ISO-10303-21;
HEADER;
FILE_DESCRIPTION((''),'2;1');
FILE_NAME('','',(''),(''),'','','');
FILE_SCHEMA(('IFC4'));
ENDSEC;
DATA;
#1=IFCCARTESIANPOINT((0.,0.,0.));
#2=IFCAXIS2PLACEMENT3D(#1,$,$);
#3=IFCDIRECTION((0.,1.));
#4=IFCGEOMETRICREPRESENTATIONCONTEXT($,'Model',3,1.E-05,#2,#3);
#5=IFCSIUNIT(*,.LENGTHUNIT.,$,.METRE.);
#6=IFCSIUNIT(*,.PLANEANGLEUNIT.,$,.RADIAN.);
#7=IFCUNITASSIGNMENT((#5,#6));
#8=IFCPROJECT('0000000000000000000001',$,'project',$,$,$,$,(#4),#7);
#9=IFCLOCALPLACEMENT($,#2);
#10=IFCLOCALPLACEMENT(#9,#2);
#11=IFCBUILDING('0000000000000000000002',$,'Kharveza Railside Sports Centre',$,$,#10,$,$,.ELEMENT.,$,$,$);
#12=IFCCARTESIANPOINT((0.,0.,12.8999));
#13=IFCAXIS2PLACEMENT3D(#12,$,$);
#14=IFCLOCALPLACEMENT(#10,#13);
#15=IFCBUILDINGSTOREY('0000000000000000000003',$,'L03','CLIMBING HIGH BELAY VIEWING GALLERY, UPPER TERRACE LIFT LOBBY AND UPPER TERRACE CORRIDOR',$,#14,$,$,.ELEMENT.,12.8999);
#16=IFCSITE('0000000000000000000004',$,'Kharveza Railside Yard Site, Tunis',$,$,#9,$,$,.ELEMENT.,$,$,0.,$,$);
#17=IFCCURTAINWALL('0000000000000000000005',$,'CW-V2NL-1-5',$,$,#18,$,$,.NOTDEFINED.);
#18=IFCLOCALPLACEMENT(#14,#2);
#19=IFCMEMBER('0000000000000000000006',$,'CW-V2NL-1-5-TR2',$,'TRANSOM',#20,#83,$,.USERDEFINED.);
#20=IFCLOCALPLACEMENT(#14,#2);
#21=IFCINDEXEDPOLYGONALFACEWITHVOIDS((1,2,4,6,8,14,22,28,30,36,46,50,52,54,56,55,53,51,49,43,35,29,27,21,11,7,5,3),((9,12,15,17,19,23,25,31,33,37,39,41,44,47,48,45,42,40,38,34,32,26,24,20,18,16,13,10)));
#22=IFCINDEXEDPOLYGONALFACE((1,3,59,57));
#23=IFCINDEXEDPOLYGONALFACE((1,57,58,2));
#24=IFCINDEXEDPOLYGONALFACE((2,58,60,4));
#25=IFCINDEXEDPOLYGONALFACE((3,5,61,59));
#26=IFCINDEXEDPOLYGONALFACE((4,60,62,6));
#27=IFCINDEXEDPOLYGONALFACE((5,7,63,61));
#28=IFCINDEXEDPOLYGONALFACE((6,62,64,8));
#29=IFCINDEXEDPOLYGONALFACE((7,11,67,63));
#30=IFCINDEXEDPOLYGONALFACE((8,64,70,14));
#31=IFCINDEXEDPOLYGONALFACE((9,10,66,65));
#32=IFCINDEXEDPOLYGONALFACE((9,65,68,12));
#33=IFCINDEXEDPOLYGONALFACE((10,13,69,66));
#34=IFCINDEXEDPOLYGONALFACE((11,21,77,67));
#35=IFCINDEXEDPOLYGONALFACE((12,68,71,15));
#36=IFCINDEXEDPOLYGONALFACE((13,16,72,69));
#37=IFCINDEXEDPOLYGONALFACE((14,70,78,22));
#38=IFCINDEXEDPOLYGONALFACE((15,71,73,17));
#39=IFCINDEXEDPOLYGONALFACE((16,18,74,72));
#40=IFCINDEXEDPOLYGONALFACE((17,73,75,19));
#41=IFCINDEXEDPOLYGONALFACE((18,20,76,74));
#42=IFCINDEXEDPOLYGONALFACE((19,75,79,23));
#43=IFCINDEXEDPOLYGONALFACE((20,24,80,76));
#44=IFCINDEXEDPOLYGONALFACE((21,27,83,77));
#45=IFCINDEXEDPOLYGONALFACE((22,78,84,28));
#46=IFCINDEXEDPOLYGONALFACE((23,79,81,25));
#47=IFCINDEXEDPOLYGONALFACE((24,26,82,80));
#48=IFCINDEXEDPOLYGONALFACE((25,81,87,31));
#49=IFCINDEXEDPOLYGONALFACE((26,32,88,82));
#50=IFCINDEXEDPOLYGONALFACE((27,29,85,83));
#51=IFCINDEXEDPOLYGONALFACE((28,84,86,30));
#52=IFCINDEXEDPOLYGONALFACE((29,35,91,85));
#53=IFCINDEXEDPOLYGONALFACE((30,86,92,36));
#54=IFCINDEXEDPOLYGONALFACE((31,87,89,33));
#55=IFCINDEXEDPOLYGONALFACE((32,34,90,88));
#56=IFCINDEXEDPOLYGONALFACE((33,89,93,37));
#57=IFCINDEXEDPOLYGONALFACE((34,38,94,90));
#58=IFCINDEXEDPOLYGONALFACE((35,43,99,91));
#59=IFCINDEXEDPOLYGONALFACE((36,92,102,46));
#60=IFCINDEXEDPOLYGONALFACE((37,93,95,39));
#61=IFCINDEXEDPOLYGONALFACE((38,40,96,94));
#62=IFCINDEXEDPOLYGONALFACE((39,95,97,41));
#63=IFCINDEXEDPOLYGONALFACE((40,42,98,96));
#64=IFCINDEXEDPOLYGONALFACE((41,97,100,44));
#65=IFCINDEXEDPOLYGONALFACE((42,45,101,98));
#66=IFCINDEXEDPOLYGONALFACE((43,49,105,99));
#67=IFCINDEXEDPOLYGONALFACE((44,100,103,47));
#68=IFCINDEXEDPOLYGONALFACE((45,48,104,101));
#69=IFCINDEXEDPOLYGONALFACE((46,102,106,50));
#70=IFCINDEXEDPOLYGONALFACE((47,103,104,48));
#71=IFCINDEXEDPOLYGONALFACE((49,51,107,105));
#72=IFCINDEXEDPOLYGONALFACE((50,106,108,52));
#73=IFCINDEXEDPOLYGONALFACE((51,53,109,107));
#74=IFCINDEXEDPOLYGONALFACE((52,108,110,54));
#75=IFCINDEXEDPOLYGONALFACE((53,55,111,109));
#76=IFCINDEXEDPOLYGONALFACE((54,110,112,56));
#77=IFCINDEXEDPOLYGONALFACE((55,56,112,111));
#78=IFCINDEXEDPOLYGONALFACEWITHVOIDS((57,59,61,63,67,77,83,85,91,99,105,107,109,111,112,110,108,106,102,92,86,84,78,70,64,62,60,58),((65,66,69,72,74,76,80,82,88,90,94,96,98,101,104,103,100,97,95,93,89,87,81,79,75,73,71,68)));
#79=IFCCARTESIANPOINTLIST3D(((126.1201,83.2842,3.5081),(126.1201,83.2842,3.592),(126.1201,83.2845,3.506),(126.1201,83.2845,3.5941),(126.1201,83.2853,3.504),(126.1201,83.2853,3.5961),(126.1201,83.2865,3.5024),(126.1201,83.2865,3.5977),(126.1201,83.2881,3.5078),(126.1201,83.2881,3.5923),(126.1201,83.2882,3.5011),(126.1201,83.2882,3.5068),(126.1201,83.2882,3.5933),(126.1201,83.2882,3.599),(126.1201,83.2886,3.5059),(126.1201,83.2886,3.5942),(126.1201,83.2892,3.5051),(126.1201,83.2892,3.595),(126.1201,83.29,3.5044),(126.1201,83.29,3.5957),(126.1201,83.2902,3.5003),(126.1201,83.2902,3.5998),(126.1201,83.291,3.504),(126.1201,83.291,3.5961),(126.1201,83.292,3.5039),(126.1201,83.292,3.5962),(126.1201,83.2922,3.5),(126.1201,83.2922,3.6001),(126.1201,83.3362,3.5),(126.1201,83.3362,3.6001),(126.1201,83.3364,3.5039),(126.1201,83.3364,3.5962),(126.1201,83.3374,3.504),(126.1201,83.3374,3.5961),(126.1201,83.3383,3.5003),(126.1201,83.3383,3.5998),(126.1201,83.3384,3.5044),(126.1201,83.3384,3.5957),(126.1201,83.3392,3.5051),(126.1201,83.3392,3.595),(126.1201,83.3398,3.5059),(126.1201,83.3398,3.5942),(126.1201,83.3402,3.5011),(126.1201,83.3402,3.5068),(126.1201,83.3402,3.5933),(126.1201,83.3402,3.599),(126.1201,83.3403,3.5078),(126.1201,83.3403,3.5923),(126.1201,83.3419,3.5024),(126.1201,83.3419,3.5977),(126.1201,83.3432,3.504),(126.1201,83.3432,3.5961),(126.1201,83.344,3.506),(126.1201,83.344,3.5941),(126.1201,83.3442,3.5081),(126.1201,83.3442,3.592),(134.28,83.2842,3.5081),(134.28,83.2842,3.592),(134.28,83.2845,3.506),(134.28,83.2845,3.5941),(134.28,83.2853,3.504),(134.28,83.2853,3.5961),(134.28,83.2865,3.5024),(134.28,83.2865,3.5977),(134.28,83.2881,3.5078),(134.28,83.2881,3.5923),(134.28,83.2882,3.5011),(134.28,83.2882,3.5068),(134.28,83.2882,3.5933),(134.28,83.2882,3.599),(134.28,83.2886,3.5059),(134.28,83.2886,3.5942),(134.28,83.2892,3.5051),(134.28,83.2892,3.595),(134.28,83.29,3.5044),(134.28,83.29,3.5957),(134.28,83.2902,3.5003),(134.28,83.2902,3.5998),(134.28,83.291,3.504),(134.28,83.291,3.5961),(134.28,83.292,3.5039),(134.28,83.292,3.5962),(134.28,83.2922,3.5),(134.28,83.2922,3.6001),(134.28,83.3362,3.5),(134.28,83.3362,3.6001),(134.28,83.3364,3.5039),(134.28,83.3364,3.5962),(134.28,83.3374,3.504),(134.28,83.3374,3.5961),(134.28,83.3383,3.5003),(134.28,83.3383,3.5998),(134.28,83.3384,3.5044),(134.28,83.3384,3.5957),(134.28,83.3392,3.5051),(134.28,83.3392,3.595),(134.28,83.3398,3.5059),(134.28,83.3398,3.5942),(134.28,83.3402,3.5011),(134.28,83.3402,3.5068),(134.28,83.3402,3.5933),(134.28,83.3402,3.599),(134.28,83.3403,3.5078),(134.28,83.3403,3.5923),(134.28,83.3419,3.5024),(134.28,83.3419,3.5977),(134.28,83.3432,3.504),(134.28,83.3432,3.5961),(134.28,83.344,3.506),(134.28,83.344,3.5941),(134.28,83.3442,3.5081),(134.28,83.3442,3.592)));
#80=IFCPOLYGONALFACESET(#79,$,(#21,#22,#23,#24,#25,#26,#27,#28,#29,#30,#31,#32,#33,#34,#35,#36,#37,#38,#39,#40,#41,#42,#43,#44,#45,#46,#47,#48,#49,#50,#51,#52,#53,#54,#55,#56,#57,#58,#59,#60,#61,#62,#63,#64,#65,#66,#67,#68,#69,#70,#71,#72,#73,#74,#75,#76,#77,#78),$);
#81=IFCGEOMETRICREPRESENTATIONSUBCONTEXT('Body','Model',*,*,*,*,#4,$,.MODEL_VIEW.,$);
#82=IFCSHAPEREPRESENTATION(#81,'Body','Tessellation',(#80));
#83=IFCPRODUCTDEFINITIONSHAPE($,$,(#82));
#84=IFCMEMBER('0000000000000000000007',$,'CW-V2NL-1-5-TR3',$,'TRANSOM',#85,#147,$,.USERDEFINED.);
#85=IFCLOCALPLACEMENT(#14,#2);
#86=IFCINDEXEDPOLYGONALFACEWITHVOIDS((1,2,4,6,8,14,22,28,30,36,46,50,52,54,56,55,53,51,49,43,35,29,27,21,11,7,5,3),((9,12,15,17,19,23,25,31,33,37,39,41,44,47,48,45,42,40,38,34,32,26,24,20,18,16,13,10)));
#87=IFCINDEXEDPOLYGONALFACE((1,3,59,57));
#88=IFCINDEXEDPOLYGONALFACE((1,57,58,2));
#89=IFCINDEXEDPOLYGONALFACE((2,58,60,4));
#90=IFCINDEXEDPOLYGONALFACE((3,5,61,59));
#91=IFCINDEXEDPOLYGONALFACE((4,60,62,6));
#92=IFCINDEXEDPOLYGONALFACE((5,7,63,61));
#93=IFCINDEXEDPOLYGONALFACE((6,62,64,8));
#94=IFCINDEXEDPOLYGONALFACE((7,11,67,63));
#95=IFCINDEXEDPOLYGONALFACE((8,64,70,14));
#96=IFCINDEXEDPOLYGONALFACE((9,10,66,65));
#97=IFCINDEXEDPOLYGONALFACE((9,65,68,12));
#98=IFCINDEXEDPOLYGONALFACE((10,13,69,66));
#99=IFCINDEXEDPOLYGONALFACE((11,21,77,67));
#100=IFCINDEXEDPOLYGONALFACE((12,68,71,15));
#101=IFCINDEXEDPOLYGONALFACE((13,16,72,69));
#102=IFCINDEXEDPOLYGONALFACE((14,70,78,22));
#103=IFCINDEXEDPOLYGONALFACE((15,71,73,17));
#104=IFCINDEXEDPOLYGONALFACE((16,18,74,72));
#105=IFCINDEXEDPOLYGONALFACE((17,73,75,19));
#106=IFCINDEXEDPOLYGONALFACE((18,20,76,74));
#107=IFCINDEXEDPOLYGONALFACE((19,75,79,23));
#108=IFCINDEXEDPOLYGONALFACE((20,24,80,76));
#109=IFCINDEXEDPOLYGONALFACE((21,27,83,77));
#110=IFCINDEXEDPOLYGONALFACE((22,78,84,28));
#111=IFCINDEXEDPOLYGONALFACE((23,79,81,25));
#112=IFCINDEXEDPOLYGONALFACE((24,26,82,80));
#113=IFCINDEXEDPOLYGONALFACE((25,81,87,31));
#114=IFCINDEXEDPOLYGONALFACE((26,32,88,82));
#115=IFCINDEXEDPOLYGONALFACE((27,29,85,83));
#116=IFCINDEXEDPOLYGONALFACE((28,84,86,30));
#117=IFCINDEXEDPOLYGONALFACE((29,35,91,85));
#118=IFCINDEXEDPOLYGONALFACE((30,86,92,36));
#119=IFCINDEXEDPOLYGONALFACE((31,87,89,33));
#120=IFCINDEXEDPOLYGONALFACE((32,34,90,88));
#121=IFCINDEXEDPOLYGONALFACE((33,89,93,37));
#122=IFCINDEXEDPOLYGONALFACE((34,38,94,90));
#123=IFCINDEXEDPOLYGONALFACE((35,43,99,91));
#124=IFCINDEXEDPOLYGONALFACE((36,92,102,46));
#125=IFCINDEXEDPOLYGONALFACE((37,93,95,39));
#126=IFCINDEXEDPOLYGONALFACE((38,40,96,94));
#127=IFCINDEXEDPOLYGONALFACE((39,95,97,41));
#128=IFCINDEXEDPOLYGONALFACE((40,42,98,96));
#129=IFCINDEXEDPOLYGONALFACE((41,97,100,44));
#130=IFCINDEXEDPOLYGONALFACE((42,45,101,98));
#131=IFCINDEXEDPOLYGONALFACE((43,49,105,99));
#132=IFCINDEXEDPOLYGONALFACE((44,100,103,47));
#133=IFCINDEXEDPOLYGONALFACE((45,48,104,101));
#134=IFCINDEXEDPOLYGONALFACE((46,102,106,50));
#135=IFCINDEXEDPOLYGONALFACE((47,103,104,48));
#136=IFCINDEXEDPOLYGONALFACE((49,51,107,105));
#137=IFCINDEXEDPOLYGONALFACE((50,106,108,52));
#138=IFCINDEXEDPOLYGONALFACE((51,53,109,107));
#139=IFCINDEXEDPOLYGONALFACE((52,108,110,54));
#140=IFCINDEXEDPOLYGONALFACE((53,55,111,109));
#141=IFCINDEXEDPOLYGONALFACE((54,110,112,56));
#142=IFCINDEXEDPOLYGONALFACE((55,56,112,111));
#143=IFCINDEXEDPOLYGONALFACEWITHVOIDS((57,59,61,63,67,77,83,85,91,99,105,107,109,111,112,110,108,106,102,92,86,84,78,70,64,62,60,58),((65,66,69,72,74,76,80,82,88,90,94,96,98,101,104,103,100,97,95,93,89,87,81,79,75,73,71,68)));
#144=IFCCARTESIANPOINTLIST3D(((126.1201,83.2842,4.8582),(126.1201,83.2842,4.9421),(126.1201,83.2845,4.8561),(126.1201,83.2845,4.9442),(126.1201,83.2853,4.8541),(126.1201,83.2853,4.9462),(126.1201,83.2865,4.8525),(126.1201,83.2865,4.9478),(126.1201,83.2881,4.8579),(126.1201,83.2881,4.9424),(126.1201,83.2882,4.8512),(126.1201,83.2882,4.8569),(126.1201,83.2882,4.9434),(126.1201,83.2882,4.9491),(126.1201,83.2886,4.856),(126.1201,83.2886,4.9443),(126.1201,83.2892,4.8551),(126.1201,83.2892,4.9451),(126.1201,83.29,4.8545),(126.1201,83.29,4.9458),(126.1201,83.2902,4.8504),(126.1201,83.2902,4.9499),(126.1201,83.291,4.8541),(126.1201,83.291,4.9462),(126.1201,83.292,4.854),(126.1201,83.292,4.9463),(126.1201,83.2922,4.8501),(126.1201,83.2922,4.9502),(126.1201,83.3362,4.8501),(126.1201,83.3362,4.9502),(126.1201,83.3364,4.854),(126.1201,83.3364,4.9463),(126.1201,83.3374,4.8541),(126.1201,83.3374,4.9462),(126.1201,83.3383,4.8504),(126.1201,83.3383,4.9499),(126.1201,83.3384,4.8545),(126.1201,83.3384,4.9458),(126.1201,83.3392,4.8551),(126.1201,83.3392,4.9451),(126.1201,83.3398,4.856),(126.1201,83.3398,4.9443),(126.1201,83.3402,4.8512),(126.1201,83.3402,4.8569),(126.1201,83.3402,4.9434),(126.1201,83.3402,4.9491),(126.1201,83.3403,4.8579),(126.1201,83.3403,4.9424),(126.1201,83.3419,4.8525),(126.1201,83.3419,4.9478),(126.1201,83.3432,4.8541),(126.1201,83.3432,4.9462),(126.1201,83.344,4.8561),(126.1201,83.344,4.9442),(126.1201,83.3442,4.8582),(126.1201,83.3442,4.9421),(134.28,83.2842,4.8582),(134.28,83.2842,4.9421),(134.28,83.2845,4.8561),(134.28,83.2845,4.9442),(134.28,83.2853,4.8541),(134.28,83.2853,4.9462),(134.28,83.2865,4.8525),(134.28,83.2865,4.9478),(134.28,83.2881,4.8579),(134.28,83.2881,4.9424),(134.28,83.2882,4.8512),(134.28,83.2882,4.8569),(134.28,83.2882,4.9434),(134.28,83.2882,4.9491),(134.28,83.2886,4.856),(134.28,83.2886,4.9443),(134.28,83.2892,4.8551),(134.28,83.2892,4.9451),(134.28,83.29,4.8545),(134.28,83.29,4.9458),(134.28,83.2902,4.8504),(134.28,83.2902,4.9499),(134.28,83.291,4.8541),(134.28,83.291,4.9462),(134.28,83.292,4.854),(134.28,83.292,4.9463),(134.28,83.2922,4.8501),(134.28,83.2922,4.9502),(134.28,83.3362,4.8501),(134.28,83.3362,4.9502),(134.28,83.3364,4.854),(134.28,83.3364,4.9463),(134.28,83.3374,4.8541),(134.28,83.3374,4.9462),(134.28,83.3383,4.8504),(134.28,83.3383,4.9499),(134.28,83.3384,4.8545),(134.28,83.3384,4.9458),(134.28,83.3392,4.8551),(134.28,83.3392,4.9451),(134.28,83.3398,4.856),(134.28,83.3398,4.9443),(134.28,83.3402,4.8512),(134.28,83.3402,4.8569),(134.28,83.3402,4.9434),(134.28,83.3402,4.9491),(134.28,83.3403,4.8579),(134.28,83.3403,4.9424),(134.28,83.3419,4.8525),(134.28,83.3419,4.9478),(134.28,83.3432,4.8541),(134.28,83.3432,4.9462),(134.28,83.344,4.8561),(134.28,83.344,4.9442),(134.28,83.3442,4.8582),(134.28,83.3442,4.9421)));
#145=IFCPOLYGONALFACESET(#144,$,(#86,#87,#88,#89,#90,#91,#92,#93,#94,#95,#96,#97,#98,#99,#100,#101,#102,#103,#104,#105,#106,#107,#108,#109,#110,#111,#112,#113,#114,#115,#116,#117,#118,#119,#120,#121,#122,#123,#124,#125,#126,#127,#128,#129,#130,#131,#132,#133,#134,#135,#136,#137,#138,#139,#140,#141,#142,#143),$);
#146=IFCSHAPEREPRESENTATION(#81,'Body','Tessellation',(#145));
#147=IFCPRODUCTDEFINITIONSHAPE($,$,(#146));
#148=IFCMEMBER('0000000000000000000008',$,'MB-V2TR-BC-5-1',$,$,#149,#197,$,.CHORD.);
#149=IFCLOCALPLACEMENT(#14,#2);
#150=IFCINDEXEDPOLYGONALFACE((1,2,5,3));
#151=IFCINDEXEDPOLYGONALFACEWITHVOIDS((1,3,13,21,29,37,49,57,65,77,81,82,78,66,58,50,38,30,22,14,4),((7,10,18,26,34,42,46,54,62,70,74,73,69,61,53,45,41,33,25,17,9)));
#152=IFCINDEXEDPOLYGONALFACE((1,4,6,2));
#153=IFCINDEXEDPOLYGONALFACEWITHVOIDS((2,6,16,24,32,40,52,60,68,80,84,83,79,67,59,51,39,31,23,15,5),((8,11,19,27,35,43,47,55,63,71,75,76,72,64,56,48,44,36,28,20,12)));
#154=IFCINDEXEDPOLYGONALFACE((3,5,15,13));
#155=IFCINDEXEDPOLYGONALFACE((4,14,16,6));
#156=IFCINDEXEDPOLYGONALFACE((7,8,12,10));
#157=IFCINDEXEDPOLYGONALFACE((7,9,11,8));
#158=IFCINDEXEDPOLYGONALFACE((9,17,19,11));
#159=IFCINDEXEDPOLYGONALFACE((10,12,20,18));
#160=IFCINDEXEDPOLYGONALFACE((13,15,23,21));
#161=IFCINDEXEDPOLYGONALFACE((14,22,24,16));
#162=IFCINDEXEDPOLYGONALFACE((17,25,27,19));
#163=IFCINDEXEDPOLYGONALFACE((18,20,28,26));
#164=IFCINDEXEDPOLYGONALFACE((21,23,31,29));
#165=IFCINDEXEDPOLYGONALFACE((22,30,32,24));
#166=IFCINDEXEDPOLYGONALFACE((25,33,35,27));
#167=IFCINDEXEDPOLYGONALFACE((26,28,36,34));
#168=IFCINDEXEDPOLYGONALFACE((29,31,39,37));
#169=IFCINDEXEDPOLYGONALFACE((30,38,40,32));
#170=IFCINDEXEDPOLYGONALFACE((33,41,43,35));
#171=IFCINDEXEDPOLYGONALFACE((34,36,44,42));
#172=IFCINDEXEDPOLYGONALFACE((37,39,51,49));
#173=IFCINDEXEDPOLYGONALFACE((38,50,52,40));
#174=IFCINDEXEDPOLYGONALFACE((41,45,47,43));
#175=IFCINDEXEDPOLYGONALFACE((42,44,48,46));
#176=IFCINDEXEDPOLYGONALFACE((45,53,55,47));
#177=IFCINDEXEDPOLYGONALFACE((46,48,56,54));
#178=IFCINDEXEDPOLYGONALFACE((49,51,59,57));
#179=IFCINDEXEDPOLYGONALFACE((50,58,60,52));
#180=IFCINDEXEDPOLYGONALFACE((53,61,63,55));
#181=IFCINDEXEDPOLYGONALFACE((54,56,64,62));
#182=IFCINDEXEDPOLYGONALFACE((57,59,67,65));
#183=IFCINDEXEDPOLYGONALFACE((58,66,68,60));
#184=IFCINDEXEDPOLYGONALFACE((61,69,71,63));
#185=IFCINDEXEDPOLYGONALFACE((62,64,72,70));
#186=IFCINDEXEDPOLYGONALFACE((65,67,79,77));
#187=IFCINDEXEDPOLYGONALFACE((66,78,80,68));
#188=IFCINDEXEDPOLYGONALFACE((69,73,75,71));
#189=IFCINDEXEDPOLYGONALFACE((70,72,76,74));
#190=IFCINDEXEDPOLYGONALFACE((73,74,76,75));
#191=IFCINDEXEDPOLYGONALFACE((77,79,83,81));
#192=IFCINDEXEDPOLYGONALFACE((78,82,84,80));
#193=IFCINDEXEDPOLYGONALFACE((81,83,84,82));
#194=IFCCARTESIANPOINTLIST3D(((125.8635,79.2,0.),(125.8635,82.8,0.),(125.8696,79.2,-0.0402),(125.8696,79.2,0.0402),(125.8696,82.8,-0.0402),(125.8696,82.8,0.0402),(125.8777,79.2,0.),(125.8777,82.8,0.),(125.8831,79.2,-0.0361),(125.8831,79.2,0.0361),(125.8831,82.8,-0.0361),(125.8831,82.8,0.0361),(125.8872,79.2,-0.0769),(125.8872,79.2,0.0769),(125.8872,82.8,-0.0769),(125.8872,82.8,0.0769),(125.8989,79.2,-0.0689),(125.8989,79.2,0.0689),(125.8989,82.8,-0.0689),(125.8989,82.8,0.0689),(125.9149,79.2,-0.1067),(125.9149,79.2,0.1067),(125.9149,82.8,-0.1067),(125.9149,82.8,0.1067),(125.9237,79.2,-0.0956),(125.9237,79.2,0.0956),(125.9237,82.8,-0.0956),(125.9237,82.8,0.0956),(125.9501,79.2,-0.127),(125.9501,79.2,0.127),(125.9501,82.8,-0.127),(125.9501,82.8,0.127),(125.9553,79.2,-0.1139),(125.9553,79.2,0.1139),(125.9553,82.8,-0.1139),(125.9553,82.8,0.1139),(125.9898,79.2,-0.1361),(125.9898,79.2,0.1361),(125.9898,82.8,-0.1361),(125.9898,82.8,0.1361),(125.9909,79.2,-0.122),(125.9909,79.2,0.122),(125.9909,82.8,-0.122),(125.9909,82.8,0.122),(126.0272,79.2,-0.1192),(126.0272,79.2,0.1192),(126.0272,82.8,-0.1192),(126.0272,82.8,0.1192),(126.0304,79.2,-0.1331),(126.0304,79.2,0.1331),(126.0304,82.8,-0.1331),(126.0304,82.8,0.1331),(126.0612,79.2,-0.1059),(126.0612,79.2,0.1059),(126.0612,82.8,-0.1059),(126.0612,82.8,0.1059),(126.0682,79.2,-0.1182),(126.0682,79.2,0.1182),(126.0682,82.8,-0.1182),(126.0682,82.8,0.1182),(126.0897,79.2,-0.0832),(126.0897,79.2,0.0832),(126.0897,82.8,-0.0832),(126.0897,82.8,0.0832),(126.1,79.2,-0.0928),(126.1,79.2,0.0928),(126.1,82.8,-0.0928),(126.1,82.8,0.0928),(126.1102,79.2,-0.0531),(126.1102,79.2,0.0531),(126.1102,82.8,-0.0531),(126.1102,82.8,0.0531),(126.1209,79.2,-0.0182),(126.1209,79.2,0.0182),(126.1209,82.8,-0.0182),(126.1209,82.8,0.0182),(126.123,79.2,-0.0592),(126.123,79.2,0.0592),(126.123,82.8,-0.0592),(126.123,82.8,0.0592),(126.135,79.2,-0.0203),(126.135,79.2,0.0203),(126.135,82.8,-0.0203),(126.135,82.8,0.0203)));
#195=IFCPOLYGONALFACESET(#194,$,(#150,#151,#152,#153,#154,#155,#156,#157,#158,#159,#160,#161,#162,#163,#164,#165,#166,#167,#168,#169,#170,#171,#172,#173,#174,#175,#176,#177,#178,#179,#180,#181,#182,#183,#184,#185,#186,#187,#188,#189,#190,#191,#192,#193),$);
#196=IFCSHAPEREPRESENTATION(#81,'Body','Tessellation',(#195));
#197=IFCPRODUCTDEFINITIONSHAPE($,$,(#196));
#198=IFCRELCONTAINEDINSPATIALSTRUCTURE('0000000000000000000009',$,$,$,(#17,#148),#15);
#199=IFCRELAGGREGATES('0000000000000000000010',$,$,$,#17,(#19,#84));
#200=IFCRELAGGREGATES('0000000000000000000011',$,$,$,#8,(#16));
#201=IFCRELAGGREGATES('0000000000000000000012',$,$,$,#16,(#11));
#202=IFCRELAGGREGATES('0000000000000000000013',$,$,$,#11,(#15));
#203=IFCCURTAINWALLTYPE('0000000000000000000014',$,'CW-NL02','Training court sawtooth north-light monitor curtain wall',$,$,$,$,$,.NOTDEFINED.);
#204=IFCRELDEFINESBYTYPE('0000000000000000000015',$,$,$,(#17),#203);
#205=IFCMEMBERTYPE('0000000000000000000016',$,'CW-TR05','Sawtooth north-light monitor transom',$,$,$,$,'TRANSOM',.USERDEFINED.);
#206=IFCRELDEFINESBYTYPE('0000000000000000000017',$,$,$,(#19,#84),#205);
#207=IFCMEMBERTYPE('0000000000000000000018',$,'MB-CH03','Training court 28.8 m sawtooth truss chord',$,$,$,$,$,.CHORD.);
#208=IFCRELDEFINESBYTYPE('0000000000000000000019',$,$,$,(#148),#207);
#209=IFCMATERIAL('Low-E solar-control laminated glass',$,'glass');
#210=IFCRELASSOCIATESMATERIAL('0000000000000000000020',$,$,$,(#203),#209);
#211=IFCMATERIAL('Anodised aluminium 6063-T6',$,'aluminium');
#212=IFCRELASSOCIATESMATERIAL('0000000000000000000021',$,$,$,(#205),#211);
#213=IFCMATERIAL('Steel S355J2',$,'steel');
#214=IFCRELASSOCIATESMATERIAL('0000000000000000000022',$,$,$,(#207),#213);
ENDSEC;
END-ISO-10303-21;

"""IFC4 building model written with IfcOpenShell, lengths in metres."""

from ifc_helpers import new_model, si_unit, direction, frame, origin, origin_2d, place, context, subcontext, project, spatial, hollow_rectangle, hollow_circle, extrude, material, material_profile, profile_set, type_object, element, aggregate, save


model = new_model("IFC4")

# Units and contexts
model_context = context("Model", 3, precision=1e-05, world=origin(), true_north=direction((0.0, 1.0)))
body_context = subcontext(model_context, "Body", "Model", "MODEL_VIEW")
ifc_project = project(units=[si_unit("LENGTHUNIT", "METRE"), si_unit("PLANEANGLEUNIT", "RADIAN")], contexts=[model_context])

# Site, building, storey
site_placement = place(None, origin())
site = spatial("IfcSite", under=ifc_project, at=site_placement, Name="Kharveza Railside Yard Site, Tunis", CompositionType="ELEMENT", RefElevation=0.0)
building_placement = place(site_placement, origin())
building = spatial("IfcBuilding", under=site, at=building_placement, Name="Kharveza Railside Sports Centre", CompositionType="ELEMENT")
storey_placement = place(building_placement, frame((0.0, 0.0, 12.8999)))
storey = spatial("IfcBuildingStorey", under=building, at=storey_placement, Name="L03", Description="CLIMBING HIGH BELAY VIEWING GALLERY, UPPER TERRACE LIFT LOBBY AND UPPER TERRACE CORRIDOR", CompositionType="ELEMENT", Elevation=12.8999)

# Shared definitions
ifc_material_1 = material(Name="Steel S355J2", Category="steel")

# Curtain wall
ifc_material_2 = material(Name="Low-E solar-control laminated glass", Category="glass")
curtain_wall_type = type_object("IfcCurtainWallType", Name="CW-NL02", Description="Training court sawtooth north-light monitor curtain wall", PredefinedType="NOTDEFINED", material=ifc_material_2)
ifc_material_3 = material(Name="Anodised aluminium 6063-T6", Category="aluminium")
curtain_wall_1_placement = place(storey_placement, origin())
curtain_wall_1 = element("IfcCurtainWall", 1, at=curtain_wall_1_placement, inside=storey, type_object=curtain_wall_type, Name="CW-V2NL-1-5", PredefinedType="NOTDEFINED")

# Members
ifc_material_profile_1 = material_profile(ifc_material_3, hollow_rectangle(XDim=0.0601, YDim=0.1001, WallThickness=0.0039, InnerFilletRadius=0.0039, OuterFilletRadius=0.0081, at=origin_2d()), Name="RHS 60x100x4.0")
ifc_profile_set_1 = profile_set([ifc_material_profile_1], Name="Anodised aluminium 6063-T6")
member_type_1 = type_object("IfcMemberType", Name="CW-TR05", Description="Sawtooth north-light monitor transom", ElementType="TRANSOM", PredefinedType="USERDEFINED", material=ifc_profile_set_1)
member_1_placement = place(storey_placement, frame((126.1201, 83.3142, 3.55), z_axis=(1.0, 0.0, 0.0), x_axis=(0.0, 1.0, 0.0)))
member_1 = element("IfcMember", 2, at=member_1_placement, type_object=member_type_1, Name="CW-V2NL-1-5-TR2", ObjectType="TRANSOM", PredefinedType="USERDEFINED", context=body_context, shape_type="SweptSolid", body=[
    extrude(hollow_rectangle(XDim=0.0601, YDim=0.1001, WallThickness=0.0039, InnerFilletRadius=0.0039, OuterFilletRadius=0.0081, at=origin_2d()), origin(), (0.0, 0.0, 1.0), 8.1599),
])
member_2_placement = place(storey_placement, frame((126.1201, 83.3142, 4.9001), z_axis=(1.0, 0.0, 0.0), x_axis=(0.0, 1.0, 0.0)))
member_2 = element("IfcMember", 3, at=member_2_placement, type_object=member_type_1, Name="CW-V2NL-1-5-TR3", ObjectType="TRANSOM", PredefinedType="USERDEFINED", context=body_context, shape_type="SweptSolid", body=[
    extrude(hollow_rectangle(XDim=0.0601, YDim=0.1001, WallThickness=0.0039, InnerFilletRadius=0.0039, OuterFilletRadius=0.0081, at=origin_2d()), origin(), (0.0, 0.0, 1.0), 8.1599),
])

# Member
ifc_material_profile_2 = material_profile(ifc_material_1, hollow_circle(Radius=0.1365, WallThickness=0.0142, at=origin_2d()), Name="CHS 273.0x14.2")
ifc_profile_set_2 = profile_set([ifc_material_profile_2], Name="Steel S355J2")
member_type_2 = type_object("IfcMemberType", Name="MB-CH03", Description="Training court 28.8 m sawtooth truss chord", PredefinedType="CHORD", material=ifc_profile_set_2)
for number, where, z_axis, x_axis, name in (
    (4, (126.0, 79.2, 0.0), (0.0, 1.0, 0.0), (-1.0, 0.0, 0.0), "MB-V2TR-BC-5-1"),
):
    element("IfcMember", number, at=place(storey_placement, frame(where, z_axis=z_axis, x_axis=x_axis)), inside=storey, type_object=member_type_2, Name=name, PredefinedType="CHORD", context=body_context, shape_type="SweptSolid", body=[
        extrude(hollow_circle(Radius=0.1365, WallThickness=0.0142, at=origin_2d()), origin(), (0.0, 0.0, 1.0), 3.6001),
    ])

aggregate(curtain_wall_1, [member_1, member_2])

save(model, "model.ifc")
